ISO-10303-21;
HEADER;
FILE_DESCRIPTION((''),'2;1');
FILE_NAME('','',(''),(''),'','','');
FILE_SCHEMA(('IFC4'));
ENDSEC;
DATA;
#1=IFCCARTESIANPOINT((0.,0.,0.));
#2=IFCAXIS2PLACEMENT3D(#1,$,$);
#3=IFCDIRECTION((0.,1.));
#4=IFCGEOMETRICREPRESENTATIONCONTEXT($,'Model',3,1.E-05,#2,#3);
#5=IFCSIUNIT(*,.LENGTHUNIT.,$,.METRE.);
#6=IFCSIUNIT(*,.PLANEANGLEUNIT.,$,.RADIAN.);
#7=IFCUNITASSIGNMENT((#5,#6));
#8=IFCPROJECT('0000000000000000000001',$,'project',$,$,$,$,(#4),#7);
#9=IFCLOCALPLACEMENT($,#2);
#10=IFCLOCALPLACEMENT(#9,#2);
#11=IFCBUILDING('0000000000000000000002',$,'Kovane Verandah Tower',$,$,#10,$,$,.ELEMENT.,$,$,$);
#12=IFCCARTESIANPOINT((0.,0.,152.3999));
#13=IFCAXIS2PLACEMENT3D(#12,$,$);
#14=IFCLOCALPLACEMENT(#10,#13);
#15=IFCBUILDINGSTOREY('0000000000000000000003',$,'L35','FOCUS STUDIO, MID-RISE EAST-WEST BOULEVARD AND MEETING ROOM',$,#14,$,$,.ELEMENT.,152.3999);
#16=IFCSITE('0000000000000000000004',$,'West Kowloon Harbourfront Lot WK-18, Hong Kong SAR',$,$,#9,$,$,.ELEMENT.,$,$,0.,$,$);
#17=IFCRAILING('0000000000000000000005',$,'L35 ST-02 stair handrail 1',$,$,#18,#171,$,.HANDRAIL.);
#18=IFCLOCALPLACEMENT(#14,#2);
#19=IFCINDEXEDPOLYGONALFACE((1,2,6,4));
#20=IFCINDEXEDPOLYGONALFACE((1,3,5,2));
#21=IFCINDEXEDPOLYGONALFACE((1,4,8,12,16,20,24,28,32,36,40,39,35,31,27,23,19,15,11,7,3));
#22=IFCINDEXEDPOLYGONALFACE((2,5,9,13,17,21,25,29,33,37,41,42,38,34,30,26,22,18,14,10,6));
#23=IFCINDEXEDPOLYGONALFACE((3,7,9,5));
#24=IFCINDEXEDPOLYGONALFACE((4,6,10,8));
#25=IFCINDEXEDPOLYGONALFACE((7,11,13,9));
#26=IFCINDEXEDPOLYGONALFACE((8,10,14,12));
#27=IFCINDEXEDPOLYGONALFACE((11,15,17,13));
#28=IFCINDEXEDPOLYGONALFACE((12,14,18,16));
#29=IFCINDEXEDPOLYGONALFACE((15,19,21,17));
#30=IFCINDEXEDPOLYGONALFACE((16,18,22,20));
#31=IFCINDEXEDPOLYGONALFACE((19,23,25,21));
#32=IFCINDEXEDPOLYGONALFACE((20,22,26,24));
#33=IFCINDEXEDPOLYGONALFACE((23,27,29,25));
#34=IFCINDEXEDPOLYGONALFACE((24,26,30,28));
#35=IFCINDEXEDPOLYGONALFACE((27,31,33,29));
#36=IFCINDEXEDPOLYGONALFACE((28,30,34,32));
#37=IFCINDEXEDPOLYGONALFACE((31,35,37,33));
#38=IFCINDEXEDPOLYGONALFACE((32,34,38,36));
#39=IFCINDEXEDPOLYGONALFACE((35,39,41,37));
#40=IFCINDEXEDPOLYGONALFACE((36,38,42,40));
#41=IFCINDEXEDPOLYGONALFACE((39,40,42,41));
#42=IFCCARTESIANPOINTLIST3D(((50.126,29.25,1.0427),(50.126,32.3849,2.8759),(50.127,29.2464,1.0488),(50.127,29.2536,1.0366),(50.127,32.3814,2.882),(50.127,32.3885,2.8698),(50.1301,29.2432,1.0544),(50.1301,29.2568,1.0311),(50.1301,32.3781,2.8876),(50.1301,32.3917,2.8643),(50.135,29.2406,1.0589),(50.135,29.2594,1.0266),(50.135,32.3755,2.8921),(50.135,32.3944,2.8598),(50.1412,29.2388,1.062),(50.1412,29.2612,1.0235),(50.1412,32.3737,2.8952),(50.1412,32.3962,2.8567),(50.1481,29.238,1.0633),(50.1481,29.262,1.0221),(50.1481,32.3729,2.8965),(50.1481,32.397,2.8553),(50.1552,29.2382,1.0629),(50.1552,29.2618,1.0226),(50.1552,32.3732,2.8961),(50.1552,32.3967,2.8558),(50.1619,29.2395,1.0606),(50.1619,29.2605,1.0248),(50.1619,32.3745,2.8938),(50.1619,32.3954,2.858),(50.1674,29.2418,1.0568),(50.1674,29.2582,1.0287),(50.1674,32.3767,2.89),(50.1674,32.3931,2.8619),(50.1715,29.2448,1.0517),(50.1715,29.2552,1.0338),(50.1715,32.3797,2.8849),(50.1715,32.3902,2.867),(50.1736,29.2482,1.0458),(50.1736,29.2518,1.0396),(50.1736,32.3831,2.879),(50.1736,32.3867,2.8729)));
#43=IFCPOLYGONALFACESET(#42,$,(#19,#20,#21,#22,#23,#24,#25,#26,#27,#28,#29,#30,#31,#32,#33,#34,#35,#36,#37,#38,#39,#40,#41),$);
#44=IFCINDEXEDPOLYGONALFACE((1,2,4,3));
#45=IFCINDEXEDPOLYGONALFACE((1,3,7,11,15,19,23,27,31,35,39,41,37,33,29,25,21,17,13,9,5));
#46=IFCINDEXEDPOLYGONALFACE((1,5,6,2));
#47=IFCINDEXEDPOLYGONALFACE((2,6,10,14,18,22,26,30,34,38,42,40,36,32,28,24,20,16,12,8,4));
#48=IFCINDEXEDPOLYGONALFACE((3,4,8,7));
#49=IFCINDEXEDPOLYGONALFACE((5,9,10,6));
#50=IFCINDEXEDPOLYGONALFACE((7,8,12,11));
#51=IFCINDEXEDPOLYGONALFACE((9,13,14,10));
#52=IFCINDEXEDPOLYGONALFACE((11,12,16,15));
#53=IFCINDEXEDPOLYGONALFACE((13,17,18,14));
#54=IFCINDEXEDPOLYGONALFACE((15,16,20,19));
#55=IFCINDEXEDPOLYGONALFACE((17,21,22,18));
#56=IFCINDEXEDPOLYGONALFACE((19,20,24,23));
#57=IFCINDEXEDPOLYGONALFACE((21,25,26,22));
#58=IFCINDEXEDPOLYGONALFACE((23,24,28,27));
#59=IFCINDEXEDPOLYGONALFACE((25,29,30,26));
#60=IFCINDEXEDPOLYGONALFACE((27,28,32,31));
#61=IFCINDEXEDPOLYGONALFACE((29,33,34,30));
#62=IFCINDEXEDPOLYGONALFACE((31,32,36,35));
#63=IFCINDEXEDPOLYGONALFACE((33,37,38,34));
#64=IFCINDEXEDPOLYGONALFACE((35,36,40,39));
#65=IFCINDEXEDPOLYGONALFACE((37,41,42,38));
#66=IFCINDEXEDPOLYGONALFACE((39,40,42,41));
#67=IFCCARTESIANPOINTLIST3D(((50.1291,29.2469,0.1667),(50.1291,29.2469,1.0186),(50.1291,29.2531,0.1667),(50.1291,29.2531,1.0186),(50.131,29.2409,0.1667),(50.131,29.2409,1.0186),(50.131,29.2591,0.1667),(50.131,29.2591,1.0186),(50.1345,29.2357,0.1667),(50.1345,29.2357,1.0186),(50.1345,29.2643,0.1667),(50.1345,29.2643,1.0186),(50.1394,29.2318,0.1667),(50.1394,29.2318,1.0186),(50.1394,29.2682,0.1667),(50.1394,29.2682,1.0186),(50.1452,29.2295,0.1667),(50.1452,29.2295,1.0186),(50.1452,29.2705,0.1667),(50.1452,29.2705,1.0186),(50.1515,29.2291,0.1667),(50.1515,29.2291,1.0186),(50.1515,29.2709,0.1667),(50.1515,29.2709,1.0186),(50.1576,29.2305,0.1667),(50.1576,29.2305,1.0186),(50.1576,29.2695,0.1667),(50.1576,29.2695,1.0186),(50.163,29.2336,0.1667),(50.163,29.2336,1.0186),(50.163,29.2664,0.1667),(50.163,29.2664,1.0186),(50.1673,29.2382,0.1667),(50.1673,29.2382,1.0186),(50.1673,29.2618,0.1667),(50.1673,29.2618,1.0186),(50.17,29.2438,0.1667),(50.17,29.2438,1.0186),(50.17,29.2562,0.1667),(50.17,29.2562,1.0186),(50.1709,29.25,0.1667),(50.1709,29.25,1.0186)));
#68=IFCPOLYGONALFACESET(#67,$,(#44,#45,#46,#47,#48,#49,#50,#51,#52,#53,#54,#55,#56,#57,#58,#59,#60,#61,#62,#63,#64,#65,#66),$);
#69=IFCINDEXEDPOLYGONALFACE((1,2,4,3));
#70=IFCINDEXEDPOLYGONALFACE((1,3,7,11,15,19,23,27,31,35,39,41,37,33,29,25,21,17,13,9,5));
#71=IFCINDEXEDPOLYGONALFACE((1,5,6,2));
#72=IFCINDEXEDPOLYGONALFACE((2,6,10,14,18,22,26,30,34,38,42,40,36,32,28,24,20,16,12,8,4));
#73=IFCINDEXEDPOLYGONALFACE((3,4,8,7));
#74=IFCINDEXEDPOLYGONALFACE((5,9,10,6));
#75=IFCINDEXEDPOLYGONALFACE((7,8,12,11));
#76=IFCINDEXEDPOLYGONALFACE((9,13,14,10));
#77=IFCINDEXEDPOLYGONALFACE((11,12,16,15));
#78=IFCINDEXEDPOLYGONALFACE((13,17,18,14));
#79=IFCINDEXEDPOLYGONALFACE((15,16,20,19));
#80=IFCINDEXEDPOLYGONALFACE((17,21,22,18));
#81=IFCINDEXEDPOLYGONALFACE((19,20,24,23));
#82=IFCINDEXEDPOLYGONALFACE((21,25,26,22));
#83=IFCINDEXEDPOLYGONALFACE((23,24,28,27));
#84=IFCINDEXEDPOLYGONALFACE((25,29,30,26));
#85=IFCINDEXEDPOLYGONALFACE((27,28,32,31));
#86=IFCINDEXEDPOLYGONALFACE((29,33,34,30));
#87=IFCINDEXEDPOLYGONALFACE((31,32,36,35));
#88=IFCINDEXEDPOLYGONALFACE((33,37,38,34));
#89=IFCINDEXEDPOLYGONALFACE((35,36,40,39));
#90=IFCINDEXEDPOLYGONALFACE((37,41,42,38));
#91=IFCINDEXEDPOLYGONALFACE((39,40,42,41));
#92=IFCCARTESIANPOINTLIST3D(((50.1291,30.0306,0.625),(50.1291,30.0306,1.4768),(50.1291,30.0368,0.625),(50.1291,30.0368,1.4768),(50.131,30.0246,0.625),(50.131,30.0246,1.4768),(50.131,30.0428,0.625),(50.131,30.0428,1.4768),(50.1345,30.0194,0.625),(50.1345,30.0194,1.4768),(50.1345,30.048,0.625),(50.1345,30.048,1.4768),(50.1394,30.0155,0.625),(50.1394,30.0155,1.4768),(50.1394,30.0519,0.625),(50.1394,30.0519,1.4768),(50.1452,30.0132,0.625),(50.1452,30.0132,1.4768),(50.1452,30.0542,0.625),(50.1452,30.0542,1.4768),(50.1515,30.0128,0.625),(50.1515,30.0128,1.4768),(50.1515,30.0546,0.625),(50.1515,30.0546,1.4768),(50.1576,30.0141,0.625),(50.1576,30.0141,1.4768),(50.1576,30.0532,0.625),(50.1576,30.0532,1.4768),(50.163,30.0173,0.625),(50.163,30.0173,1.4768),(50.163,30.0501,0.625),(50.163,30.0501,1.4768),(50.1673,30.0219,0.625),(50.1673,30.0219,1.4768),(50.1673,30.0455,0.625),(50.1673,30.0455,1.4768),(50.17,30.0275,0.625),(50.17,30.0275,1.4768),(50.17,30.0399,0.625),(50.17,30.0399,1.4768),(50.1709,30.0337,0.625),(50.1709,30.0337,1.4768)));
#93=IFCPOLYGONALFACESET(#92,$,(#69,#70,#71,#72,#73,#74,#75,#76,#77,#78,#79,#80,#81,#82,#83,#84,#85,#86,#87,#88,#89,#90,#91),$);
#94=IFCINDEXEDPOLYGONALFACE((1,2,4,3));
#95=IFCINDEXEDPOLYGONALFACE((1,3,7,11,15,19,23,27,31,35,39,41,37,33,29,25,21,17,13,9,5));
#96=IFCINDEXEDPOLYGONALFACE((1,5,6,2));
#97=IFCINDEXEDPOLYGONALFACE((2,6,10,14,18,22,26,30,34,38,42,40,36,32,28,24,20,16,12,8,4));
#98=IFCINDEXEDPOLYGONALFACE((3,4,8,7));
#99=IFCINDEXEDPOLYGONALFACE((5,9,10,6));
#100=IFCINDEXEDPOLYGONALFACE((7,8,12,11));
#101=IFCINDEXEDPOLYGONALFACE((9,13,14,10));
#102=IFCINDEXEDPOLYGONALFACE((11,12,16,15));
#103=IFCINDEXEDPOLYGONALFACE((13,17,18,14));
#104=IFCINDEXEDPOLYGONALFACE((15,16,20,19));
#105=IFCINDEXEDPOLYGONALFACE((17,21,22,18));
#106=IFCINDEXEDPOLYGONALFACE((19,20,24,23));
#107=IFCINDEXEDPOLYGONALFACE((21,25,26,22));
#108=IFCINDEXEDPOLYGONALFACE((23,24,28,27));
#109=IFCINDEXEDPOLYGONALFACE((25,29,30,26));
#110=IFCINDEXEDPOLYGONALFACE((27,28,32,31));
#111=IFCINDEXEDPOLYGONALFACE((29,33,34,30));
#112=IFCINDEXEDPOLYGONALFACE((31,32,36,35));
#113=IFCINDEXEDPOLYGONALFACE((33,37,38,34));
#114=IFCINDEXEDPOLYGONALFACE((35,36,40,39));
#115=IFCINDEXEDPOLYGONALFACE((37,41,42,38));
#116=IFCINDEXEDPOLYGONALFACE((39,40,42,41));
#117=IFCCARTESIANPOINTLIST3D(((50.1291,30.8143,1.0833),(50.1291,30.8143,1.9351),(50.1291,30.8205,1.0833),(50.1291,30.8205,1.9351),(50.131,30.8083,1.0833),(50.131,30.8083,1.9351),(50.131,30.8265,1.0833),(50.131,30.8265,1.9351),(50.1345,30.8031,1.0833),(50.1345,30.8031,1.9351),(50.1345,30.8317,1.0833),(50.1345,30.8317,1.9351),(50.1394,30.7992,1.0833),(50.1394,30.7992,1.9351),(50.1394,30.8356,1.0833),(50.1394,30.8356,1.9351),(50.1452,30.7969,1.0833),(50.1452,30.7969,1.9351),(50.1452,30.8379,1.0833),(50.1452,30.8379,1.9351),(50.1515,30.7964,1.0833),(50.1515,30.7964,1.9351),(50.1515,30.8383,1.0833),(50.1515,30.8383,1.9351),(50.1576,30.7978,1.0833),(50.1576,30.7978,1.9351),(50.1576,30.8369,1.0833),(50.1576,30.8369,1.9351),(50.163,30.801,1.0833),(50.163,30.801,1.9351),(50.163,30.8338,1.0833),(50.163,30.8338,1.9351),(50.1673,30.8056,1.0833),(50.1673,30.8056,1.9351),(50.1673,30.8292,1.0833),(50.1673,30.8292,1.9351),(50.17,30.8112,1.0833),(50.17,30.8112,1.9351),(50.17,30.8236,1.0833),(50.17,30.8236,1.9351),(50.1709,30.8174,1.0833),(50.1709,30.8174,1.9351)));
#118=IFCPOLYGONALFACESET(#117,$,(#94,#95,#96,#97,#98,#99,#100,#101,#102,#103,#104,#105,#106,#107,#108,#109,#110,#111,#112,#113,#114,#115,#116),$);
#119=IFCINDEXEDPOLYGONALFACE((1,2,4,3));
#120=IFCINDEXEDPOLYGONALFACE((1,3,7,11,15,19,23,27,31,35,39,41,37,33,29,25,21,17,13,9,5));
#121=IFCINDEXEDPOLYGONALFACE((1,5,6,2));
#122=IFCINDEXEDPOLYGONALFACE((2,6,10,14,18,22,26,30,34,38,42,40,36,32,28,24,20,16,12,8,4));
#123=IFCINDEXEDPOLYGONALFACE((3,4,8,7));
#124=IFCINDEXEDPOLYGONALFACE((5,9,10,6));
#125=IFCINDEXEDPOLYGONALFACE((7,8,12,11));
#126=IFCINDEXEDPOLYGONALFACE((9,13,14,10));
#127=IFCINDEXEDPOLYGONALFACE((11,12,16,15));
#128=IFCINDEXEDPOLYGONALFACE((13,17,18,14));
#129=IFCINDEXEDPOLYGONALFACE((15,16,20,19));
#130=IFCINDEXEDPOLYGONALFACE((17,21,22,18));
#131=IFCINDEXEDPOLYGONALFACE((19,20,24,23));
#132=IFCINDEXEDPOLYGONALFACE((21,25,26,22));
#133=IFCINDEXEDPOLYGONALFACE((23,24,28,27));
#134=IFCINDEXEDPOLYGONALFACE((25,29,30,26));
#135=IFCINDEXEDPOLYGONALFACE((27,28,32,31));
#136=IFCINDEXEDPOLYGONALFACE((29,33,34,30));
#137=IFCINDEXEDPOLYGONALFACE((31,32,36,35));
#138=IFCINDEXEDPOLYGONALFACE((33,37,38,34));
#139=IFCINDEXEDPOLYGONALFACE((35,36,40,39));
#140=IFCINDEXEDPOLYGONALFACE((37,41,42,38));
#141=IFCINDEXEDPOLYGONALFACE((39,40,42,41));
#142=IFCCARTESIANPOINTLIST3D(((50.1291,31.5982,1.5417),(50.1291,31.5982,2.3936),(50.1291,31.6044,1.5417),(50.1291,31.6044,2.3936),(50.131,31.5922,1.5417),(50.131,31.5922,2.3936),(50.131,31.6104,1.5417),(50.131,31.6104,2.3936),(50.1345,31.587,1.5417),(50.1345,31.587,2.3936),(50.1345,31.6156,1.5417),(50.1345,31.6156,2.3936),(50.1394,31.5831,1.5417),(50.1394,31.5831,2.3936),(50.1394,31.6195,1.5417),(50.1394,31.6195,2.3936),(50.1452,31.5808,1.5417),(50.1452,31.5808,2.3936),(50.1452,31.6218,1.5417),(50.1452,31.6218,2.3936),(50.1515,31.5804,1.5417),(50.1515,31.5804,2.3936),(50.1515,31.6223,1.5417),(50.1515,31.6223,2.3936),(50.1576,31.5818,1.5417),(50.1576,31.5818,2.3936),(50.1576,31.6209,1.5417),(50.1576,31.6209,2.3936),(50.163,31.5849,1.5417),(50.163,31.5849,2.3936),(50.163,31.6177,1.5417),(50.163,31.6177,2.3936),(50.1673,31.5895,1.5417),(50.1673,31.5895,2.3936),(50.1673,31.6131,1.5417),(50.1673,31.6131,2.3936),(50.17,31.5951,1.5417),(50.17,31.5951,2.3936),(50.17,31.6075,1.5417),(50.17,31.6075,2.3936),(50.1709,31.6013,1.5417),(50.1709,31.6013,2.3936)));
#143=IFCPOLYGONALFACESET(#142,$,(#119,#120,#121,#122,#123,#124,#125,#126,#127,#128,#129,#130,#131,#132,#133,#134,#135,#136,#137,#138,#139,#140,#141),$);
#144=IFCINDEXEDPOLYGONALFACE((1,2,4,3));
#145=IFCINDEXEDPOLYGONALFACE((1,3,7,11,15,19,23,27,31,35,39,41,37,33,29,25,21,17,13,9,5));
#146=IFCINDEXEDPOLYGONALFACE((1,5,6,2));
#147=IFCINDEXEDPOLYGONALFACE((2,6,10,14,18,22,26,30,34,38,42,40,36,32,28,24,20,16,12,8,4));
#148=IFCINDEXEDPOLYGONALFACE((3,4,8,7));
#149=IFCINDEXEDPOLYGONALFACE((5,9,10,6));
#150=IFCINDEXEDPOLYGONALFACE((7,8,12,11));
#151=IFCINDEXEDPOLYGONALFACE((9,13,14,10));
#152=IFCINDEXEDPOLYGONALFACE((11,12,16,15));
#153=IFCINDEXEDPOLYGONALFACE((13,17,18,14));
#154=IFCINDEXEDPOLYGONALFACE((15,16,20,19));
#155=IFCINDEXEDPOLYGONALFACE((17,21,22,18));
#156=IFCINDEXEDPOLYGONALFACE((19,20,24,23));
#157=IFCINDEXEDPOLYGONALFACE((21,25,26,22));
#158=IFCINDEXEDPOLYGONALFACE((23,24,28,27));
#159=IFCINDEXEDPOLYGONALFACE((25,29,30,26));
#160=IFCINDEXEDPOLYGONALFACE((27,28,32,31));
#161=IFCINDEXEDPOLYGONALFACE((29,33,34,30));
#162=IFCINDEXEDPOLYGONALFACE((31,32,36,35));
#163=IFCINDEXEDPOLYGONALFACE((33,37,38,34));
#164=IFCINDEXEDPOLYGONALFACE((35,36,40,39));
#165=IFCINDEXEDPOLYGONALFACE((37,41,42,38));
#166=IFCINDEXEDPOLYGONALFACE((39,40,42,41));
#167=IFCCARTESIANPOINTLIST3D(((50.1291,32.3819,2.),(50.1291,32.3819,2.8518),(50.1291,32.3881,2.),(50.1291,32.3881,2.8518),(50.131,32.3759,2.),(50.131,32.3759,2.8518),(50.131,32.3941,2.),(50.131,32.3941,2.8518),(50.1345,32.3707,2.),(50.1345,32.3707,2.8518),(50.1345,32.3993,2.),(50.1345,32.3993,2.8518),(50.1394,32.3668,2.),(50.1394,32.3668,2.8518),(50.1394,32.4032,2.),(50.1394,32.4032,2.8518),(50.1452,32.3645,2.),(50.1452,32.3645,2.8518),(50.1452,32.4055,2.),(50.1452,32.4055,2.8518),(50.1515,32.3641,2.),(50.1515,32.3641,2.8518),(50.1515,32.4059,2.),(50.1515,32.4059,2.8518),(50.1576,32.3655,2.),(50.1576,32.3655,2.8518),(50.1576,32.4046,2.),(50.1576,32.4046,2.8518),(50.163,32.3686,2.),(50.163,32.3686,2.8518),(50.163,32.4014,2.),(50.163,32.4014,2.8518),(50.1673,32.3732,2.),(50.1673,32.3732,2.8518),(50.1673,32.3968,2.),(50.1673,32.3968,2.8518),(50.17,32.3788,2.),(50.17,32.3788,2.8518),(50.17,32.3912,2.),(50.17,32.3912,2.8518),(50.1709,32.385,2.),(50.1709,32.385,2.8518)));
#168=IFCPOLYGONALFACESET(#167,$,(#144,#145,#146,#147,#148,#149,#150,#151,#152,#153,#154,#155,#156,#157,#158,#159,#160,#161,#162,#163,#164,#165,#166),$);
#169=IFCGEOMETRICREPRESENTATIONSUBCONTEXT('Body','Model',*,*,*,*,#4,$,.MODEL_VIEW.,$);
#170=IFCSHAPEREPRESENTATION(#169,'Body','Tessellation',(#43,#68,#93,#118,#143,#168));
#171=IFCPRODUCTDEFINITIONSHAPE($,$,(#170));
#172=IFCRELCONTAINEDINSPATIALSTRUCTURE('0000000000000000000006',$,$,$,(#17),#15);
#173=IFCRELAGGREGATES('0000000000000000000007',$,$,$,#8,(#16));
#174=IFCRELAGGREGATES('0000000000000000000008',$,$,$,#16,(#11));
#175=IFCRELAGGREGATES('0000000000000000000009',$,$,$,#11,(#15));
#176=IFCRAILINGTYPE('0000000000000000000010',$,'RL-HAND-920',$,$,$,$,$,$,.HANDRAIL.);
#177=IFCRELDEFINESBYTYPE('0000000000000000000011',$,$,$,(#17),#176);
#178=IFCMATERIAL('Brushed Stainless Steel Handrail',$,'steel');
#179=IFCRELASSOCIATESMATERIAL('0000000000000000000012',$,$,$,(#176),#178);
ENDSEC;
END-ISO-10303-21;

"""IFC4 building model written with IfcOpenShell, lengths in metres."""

from ifc_helpers import new_model, si_unit, direction, frame, origin, origin_2d, place, context, subcontext, project, spatial, circle, extrude, material, type_object, element, save


model = new_model("IFC4")

# Units and contexts
model_context = context("Model", 3, precision=1e-05, world=origin(), true_north=direction((0.0, 1.0)))
body_context = subcontext(model_context, "Body", "Model", "MODEL_VIEW")
ifc_project = project(units=[si_unit("LENGTHUNIT", "METRE"), si_unit("PLANEANGLEUNIT", "RADIAN")], contexts=[model_context])

# Site, building, storey
site_placement = place(None, origin())
site = spatial("IfcSite", under=ifc_project, at=site_placement, Name="West Kowloon Harbourfront Lot WK-18, Hong Kong SAR", CompositionType="ELEMENT", RefElevation=0.0)
building_placement = place(site_placement, origin())
building = spatial("IfcBuilding", under=site, at=building_placement, Name="Kovane Verandah Tower", CompositionType="ELEMENT")
storey_placement = place(building_placement, frame((0.0, 0.0, 152.3999)))
storey = spatial("IfcBuildingStorey", under=building, at=storey_placement, Name="L35", Description="FOCUS STUDIO, MID-RISE EAST-WEST BOULEVARD AND MEETING ROOM", CompositionType="ELEMENT", Elevation=152.3999)

# Railing
ifc_material_1 = material(Name="Brushed Stainless Steel Handrail", Category="steel")
railing_type = type_object("IfcRailingType", Name="RL-HAND-920", PredefinedType="HANDRAIL", material=ifc_material_1)
railing_placement = place(storey_placement, frame((50.1499, 29.25, 0.1667)))
element("IfcRailing", 1, at=railing_placement, inside=storey, type_object=railing_type, Name="L35 ST-02 stair handrail 1", PredefinedType="HANDRAIL", context=body_context, shape_type="SweptSolid", body=[
    extrude(circle(Radius=0.0239, at=origin_2d()), frame((0.0, 0.0, 0.876), z_axis=(0.0, 0.86324, 0.504794), x_axis=(-1.0, 0.0, 0.0)), (0.0, 0.0, 1.0), 3.6316),
    extrude(circle(Radius=0.021, at=origin_2d()), origin(), (0.0, 0.0, 1.0), 0.8518),
    extrude(circle(Radius=0.021, at=origin_2d()), frame((0.0, 0.7837, 0.4583)), (0.0, 0.0, 1.0), 0.8518),
    extrude(circle(Radius=0.021, at=origin_2d()), frame((0.0, 1.5674, 0.9165)), (0.0, 0.0, 1.0), 0.8518),
    extrude(circle(Radius=0.021, at=origin_2d()), frame((0.0, 2.3513, 1.375)), (0.0, 0.0, 1.0), 0.8518),
    extrude(circle(Radius=0.021, at=origin_2d()), frame((0.0, 3.135, 1.8333)), (0.0, 0.0, 1.0), 0.8518),
])

save(model, "model.ifc")
